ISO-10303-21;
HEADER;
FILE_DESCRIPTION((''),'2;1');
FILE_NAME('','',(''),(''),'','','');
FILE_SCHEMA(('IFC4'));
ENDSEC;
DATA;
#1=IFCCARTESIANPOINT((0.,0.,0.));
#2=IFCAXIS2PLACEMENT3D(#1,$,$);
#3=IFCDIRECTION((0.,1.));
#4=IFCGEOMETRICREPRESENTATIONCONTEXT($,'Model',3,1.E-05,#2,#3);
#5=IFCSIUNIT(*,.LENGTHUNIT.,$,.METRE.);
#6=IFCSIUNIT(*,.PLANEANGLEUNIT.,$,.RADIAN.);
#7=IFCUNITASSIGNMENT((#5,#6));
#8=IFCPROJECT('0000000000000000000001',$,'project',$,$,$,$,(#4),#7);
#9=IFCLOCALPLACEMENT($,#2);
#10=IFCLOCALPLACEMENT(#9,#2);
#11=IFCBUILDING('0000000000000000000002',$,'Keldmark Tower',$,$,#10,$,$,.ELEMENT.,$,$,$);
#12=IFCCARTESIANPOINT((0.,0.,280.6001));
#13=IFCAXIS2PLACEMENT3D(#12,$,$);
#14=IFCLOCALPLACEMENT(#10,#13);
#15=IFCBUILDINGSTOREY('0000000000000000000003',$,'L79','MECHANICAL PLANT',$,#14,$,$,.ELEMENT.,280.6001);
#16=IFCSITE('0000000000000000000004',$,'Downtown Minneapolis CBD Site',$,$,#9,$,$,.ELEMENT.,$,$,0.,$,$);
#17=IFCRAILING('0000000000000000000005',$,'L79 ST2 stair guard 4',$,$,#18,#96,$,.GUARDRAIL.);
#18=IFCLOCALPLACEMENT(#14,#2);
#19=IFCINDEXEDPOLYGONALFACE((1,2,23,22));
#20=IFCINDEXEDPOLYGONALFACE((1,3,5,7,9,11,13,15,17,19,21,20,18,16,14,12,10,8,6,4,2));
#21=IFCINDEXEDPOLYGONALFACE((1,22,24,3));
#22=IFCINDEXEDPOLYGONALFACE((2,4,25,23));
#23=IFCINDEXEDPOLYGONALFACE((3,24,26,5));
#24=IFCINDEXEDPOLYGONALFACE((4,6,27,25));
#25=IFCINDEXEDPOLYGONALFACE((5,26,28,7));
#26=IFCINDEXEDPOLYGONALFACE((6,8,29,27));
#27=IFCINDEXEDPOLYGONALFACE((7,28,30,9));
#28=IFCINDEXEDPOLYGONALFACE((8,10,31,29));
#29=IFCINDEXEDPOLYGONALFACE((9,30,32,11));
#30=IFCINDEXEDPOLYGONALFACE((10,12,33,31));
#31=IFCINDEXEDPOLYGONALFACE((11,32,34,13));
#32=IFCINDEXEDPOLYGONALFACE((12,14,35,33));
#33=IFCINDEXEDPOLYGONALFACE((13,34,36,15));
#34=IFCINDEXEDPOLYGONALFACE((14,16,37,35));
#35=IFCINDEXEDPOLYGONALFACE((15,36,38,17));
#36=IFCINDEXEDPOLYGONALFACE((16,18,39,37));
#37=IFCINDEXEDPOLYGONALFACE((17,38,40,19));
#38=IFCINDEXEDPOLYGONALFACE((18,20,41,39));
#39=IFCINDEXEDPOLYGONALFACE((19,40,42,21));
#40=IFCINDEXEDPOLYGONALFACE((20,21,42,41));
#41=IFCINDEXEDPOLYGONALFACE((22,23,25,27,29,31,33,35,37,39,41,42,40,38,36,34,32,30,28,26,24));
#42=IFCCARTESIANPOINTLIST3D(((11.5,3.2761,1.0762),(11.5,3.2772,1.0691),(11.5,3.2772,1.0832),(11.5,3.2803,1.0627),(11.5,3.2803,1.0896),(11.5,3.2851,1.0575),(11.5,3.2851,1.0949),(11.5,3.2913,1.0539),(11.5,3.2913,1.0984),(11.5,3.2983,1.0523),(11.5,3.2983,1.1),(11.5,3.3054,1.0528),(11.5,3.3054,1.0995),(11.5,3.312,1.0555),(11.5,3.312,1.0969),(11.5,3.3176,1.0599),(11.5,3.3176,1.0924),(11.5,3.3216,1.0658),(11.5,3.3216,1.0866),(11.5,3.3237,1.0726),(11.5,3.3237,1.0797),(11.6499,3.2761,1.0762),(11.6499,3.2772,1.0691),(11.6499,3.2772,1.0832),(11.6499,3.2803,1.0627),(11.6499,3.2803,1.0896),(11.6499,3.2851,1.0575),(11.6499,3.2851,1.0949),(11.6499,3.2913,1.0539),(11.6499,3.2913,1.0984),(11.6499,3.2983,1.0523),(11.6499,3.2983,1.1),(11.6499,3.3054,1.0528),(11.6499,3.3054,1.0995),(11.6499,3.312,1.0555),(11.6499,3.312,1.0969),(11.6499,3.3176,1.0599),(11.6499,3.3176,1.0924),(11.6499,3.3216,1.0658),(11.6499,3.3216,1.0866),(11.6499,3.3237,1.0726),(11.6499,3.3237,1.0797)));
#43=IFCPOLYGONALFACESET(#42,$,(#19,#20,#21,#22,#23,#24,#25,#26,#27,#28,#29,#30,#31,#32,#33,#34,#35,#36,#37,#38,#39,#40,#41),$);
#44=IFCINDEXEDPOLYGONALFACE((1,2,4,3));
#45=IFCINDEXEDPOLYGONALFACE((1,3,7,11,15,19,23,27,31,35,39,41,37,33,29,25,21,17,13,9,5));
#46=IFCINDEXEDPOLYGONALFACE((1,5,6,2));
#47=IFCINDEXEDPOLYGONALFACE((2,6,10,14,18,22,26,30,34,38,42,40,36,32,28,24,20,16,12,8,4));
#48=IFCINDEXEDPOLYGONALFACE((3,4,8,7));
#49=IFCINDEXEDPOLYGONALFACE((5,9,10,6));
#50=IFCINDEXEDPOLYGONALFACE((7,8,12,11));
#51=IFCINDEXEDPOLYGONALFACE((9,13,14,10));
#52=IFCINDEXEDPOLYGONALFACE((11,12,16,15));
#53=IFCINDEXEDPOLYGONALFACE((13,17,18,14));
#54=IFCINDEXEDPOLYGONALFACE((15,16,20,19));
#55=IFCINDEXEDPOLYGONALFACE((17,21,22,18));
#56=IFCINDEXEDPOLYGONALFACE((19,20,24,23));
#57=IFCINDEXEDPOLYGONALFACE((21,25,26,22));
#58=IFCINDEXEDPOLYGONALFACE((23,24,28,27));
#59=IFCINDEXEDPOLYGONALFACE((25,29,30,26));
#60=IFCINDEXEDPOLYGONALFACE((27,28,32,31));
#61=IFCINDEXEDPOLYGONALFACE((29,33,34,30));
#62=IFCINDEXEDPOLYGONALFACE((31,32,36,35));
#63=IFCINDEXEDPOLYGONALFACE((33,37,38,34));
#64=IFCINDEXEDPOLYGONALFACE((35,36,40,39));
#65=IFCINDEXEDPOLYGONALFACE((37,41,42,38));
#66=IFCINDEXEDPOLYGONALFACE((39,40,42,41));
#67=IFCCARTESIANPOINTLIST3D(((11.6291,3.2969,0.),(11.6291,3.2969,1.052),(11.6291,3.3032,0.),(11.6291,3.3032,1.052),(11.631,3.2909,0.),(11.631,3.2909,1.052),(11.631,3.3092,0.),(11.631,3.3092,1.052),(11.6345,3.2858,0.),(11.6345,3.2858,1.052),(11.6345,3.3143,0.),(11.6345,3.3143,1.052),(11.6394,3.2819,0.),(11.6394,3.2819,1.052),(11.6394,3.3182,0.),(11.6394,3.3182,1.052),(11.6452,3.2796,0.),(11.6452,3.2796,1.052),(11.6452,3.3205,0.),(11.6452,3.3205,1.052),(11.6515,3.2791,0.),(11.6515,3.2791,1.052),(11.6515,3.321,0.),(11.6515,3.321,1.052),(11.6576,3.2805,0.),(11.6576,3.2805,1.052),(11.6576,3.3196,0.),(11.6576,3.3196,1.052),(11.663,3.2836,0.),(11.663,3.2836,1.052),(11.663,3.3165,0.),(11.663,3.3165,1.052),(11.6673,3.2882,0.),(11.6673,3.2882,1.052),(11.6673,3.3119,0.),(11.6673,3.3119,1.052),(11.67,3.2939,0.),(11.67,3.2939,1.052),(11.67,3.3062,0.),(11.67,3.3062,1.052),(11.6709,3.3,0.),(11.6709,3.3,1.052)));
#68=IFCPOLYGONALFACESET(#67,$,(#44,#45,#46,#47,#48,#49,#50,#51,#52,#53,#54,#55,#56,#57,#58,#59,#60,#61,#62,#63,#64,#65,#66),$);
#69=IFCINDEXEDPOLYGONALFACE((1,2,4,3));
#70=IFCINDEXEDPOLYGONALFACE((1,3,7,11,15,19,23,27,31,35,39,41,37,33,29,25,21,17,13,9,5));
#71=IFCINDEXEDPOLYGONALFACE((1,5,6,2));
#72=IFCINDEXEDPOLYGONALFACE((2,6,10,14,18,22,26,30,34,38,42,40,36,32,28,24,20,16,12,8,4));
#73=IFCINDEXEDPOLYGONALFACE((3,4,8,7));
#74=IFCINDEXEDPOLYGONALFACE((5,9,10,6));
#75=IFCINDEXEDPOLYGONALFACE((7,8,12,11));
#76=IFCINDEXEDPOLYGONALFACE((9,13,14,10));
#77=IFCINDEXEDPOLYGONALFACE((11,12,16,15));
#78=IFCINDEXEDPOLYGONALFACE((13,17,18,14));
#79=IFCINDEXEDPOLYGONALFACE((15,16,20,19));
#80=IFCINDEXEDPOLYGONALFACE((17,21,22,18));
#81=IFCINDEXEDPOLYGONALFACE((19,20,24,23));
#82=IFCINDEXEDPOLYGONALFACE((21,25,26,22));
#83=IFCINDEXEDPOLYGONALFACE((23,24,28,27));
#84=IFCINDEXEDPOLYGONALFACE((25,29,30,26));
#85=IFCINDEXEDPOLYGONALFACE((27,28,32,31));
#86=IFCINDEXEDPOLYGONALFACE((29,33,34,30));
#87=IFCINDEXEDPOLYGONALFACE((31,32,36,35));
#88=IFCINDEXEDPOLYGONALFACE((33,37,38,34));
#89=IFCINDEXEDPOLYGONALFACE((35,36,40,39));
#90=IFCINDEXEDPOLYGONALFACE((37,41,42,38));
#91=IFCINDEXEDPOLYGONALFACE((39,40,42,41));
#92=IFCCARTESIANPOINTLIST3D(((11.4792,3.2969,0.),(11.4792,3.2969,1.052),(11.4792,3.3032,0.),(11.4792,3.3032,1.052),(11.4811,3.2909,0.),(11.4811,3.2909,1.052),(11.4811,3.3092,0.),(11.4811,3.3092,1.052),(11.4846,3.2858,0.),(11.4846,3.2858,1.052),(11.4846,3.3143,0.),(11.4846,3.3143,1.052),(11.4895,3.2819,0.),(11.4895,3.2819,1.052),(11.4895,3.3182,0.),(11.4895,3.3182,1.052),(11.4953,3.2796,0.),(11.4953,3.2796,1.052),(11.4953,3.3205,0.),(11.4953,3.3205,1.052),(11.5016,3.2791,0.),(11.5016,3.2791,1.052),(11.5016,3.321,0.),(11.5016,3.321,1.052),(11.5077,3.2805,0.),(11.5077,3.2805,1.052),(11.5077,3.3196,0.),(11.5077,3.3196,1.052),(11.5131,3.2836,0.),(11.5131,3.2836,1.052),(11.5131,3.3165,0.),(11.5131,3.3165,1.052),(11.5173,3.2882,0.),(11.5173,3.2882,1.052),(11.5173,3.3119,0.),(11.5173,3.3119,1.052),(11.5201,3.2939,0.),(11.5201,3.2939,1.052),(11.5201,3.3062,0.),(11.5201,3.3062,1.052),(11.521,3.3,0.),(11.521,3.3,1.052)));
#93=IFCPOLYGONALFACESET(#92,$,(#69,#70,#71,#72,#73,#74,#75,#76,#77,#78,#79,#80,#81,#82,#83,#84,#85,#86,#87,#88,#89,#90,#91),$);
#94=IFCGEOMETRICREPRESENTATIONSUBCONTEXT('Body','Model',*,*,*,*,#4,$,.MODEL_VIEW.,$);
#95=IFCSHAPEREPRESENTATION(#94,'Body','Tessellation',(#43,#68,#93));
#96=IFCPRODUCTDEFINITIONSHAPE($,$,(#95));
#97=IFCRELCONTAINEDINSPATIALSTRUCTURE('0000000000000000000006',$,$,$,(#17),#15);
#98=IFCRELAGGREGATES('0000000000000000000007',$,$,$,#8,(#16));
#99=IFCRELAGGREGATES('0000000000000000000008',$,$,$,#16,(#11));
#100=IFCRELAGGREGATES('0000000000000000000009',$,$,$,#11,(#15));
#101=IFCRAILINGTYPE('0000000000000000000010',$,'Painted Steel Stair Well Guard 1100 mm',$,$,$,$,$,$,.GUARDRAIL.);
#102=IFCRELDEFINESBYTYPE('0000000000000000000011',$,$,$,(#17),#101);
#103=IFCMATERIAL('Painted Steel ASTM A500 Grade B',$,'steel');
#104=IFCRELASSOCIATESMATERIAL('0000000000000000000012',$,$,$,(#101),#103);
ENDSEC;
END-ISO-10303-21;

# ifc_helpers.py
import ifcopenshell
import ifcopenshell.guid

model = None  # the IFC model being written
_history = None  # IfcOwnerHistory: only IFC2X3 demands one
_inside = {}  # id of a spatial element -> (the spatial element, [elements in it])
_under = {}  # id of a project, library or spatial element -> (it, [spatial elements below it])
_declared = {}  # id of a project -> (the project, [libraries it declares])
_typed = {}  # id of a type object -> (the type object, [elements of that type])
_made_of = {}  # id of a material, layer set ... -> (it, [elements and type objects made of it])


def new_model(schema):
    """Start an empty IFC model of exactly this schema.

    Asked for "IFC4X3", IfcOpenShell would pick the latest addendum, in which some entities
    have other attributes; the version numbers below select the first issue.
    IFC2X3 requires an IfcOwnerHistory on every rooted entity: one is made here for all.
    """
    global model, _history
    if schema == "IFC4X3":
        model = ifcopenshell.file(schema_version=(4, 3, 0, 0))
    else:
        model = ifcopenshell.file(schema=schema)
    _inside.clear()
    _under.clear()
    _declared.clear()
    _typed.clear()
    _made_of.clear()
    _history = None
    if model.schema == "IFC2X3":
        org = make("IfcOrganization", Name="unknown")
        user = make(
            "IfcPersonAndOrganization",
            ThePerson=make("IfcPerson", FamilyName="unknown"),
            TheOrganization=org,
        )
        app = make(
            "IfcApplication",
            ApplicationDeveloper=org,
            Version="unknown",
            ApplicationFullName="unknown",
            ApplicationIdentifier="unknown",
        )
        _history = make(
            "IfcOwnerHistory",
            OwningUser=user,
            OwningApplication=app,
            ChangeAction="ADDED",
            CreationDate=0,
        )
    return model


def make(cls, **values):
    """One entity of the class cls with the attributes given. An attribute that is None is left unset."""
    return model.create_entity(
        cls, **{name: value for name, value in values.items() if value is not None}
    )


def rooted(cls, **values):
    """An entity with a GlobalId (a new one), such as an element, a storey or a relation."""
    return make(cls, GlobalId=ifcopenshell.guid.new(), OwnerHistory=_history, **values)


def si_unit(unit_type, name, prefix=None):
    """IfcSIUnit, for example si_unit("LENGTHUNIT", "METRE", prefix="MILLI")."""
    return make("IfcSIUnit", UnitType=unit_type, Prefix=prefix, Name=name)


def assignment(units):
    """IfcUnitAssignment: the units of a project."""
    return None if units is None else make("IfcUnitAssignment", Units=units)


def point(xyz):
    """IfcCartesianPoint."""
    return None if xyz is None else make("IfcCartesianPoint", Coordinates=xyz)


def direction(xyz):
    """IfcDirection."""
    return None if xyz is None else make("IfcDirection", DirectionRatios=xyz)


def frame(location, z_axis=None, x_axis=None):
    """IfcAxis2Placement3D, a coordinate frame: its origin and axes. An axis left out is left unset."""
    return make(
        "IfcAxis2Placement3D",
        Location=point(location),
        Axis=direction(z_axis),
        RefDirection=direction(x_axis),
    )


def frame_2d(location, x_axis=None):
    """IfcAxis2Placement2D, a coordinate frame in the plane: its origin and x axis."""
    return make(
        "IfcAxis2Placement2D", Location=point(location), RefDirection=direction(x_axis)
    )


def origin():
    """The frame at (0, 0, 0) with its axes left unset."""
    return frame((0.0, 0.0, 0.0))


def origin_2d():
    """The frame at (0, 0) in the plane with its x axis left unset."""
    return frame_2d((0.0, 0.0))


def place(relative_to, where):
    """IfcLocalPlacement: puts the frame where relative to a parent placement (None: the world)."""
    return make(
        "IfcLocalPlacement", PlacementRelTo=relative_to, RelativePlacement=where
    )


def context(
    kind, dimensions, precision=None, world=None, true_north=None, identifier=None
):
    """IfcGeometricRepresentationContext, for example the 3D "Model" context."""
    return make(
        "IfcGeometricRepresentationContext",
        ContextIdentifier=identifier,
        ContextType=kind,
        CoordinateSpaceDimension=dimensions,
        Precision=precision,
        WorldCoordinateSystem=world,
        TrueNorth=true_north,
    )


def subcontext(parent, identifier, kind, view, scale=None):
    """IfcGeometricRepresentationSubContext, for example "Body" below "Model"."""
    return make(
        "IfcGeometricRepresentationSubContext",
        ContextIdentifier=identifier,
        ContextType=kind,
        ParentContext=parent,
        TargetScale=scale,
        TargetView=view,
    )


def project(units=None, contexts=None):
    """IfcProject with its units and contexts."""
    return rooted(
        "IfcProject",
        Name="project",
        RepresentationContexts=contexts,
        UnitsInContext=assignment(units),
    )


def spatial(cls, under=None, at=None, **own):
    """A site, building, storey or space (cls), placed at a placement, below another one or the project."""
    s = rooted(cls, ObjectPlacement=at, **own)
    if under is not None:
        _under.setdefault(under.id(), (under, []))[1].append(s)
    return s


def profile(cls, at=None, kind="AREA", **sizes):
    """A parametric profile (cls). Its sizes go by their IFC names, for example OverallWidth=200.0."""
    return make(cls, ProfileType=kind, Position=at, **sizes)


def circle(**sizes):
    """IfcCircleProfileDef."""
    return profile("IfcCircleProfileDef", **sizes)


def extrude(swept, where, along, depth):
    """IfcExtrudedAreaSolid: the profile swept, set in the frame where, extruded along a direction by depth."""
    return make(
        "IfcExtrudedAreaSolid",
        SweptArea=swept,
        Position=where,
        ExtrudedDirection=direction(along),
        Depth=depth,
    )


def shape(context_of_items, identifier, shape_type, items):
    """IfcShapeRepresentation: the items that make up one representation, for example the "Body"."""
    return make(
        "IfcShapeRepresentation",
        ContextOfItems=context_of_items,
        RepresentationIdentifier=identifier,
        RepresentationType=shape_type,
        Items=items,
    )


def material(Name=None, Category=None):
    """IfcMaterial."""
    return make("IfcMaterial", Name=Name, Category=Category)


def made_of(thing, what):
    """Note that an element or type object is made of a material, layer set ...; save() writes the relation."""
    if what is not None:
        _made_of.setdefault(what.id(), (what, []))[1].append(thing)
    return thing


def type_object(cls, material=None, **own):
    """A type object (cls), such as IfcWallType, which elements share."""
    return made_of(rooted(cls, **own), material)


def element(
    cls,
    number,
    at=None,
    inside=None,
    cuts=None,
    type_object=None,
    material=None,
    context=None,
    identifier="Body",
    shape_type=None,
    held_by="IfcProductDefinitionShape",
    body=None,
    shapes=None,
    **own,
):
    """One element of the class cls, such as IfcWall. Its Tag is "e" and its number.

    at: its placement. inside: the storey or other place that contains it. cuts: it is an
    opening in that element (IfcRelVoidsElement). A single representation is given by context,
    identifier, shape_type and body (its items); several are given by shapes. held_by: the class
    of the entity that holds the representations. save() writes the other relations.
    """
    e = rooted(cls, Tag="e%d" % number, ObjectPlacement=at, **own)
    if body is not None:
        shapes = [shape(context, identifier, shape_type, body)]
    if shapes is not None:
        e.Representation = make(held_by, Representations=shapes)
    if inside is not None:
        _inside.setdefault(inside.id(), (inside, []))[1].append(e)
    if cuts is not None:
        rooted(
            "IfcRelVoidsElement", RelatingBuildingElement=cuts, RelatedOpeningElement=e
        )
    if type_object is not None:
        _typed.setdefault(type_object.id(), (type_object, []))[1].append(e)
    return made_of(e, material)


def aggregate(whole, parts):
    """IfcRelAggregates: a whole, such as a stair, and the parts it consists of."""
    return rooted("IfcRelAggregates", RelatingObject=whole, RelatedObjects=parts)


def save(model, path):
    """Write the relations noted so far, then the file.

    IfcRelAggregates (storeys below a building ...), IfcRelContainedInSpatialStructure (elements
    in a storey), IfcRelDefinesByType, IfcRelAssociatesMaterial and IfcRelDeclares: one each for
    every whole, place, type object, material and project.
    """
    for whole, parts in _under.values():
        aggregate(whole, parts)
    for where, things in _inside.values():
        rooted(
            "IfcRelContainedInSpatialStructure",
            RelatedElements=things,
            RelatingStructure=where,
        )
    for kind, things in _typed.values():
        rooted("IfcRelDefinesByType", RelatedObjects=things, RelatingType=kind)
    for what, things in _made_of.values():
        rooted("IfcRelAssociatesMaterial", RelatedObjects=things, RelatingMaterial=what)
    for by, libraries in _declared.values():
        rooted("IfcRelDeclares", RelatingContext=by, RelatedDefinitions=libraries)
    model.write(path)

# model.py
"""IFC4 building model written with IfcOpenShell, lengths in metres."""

from ifc_helpers import new_model, si_unit, direction, frame, origin, origin_2d, place, context, subcontext, project, spatial, circle, extrude, material, type_object, element, save


model = new_model("IFC4")

# Units and contexts
model_context = context("Model", 3, precision=1e-05, world=origin(), true_north=direction((0.0, 1.0)))
body_context = subcontext(model_context, "Body", "Model", "MODEL_VIEW")
ifc_project = project(units=[si_unit("LENGTHUNIT", "METRE"), si_unit("PLANEANGLEUNIT", "RADIAN")], contexts=[model_context])

# Site, building, storey
site_placement = place(None, origin())
site = spatial("IfcSite", under=ifc_project, at=site_placement, Name="Downtown Minneapolis CBD Site", CompositionType="ELEMENT", RefElevation=0.0)
building_placement = place(site_placement, origin())
building = spatial("IfcBuilding", under=site, at=building_placement, Name="Keldmark Tower", CompositionType="ELEMENT")
storey_placement = place(building_placement, frame((0.0, 0.0, 280.6001)))
storey = spatial("IfcBuildingStorey", under=building, at=storey_placement, Name="L79", Description="MECHANICAL PLANT", CompositionType="ELEMENT", Elevation=280.6001)

# Railing
ifc_material_1 = material(Name="Painted Steel ASTM A500 Grade B", Category="steel")
railing_type_1 = type_object("IfcRailingType", Name="Painted Steel Stair Well Guard 1100 mm", PredefinedType="GUARDRAIL", material=ifc_material_1)
railing_1_placement = place(storey_placement, frame((11.6499, 3.3, 0.0)))
element("IfcRailing", 1, at=railing_1_placement, inside=storey, type_object=railing_type_1, Name="L79 ST2 stair guard 4", PredefinedType="GUARDRAIL", context=body_context, shape_type="SweptSolid", body=[
    extrude(circle(Radius=0.0239, at=origin_2d()), frame((0.0, 0.0, 1.0762), z_axis=(-1.0, 0.0, 0.0), x_axis=(0.0, -1.0, 0.0)), (0.0, 0.0, 1.0), 0.1499),
    extrude(circle(Radius=0.021, at=origin_2d()), origin(), (0.0, 0.0, 1.0), 1.052),
    extrude(circle(Radius=0.021, at=origin_2d()), frame((-0.1499, 0.0, 0.0)), (0.0, 0.0, 1.0), 1.052),
])

save(model, "model.ifc")
